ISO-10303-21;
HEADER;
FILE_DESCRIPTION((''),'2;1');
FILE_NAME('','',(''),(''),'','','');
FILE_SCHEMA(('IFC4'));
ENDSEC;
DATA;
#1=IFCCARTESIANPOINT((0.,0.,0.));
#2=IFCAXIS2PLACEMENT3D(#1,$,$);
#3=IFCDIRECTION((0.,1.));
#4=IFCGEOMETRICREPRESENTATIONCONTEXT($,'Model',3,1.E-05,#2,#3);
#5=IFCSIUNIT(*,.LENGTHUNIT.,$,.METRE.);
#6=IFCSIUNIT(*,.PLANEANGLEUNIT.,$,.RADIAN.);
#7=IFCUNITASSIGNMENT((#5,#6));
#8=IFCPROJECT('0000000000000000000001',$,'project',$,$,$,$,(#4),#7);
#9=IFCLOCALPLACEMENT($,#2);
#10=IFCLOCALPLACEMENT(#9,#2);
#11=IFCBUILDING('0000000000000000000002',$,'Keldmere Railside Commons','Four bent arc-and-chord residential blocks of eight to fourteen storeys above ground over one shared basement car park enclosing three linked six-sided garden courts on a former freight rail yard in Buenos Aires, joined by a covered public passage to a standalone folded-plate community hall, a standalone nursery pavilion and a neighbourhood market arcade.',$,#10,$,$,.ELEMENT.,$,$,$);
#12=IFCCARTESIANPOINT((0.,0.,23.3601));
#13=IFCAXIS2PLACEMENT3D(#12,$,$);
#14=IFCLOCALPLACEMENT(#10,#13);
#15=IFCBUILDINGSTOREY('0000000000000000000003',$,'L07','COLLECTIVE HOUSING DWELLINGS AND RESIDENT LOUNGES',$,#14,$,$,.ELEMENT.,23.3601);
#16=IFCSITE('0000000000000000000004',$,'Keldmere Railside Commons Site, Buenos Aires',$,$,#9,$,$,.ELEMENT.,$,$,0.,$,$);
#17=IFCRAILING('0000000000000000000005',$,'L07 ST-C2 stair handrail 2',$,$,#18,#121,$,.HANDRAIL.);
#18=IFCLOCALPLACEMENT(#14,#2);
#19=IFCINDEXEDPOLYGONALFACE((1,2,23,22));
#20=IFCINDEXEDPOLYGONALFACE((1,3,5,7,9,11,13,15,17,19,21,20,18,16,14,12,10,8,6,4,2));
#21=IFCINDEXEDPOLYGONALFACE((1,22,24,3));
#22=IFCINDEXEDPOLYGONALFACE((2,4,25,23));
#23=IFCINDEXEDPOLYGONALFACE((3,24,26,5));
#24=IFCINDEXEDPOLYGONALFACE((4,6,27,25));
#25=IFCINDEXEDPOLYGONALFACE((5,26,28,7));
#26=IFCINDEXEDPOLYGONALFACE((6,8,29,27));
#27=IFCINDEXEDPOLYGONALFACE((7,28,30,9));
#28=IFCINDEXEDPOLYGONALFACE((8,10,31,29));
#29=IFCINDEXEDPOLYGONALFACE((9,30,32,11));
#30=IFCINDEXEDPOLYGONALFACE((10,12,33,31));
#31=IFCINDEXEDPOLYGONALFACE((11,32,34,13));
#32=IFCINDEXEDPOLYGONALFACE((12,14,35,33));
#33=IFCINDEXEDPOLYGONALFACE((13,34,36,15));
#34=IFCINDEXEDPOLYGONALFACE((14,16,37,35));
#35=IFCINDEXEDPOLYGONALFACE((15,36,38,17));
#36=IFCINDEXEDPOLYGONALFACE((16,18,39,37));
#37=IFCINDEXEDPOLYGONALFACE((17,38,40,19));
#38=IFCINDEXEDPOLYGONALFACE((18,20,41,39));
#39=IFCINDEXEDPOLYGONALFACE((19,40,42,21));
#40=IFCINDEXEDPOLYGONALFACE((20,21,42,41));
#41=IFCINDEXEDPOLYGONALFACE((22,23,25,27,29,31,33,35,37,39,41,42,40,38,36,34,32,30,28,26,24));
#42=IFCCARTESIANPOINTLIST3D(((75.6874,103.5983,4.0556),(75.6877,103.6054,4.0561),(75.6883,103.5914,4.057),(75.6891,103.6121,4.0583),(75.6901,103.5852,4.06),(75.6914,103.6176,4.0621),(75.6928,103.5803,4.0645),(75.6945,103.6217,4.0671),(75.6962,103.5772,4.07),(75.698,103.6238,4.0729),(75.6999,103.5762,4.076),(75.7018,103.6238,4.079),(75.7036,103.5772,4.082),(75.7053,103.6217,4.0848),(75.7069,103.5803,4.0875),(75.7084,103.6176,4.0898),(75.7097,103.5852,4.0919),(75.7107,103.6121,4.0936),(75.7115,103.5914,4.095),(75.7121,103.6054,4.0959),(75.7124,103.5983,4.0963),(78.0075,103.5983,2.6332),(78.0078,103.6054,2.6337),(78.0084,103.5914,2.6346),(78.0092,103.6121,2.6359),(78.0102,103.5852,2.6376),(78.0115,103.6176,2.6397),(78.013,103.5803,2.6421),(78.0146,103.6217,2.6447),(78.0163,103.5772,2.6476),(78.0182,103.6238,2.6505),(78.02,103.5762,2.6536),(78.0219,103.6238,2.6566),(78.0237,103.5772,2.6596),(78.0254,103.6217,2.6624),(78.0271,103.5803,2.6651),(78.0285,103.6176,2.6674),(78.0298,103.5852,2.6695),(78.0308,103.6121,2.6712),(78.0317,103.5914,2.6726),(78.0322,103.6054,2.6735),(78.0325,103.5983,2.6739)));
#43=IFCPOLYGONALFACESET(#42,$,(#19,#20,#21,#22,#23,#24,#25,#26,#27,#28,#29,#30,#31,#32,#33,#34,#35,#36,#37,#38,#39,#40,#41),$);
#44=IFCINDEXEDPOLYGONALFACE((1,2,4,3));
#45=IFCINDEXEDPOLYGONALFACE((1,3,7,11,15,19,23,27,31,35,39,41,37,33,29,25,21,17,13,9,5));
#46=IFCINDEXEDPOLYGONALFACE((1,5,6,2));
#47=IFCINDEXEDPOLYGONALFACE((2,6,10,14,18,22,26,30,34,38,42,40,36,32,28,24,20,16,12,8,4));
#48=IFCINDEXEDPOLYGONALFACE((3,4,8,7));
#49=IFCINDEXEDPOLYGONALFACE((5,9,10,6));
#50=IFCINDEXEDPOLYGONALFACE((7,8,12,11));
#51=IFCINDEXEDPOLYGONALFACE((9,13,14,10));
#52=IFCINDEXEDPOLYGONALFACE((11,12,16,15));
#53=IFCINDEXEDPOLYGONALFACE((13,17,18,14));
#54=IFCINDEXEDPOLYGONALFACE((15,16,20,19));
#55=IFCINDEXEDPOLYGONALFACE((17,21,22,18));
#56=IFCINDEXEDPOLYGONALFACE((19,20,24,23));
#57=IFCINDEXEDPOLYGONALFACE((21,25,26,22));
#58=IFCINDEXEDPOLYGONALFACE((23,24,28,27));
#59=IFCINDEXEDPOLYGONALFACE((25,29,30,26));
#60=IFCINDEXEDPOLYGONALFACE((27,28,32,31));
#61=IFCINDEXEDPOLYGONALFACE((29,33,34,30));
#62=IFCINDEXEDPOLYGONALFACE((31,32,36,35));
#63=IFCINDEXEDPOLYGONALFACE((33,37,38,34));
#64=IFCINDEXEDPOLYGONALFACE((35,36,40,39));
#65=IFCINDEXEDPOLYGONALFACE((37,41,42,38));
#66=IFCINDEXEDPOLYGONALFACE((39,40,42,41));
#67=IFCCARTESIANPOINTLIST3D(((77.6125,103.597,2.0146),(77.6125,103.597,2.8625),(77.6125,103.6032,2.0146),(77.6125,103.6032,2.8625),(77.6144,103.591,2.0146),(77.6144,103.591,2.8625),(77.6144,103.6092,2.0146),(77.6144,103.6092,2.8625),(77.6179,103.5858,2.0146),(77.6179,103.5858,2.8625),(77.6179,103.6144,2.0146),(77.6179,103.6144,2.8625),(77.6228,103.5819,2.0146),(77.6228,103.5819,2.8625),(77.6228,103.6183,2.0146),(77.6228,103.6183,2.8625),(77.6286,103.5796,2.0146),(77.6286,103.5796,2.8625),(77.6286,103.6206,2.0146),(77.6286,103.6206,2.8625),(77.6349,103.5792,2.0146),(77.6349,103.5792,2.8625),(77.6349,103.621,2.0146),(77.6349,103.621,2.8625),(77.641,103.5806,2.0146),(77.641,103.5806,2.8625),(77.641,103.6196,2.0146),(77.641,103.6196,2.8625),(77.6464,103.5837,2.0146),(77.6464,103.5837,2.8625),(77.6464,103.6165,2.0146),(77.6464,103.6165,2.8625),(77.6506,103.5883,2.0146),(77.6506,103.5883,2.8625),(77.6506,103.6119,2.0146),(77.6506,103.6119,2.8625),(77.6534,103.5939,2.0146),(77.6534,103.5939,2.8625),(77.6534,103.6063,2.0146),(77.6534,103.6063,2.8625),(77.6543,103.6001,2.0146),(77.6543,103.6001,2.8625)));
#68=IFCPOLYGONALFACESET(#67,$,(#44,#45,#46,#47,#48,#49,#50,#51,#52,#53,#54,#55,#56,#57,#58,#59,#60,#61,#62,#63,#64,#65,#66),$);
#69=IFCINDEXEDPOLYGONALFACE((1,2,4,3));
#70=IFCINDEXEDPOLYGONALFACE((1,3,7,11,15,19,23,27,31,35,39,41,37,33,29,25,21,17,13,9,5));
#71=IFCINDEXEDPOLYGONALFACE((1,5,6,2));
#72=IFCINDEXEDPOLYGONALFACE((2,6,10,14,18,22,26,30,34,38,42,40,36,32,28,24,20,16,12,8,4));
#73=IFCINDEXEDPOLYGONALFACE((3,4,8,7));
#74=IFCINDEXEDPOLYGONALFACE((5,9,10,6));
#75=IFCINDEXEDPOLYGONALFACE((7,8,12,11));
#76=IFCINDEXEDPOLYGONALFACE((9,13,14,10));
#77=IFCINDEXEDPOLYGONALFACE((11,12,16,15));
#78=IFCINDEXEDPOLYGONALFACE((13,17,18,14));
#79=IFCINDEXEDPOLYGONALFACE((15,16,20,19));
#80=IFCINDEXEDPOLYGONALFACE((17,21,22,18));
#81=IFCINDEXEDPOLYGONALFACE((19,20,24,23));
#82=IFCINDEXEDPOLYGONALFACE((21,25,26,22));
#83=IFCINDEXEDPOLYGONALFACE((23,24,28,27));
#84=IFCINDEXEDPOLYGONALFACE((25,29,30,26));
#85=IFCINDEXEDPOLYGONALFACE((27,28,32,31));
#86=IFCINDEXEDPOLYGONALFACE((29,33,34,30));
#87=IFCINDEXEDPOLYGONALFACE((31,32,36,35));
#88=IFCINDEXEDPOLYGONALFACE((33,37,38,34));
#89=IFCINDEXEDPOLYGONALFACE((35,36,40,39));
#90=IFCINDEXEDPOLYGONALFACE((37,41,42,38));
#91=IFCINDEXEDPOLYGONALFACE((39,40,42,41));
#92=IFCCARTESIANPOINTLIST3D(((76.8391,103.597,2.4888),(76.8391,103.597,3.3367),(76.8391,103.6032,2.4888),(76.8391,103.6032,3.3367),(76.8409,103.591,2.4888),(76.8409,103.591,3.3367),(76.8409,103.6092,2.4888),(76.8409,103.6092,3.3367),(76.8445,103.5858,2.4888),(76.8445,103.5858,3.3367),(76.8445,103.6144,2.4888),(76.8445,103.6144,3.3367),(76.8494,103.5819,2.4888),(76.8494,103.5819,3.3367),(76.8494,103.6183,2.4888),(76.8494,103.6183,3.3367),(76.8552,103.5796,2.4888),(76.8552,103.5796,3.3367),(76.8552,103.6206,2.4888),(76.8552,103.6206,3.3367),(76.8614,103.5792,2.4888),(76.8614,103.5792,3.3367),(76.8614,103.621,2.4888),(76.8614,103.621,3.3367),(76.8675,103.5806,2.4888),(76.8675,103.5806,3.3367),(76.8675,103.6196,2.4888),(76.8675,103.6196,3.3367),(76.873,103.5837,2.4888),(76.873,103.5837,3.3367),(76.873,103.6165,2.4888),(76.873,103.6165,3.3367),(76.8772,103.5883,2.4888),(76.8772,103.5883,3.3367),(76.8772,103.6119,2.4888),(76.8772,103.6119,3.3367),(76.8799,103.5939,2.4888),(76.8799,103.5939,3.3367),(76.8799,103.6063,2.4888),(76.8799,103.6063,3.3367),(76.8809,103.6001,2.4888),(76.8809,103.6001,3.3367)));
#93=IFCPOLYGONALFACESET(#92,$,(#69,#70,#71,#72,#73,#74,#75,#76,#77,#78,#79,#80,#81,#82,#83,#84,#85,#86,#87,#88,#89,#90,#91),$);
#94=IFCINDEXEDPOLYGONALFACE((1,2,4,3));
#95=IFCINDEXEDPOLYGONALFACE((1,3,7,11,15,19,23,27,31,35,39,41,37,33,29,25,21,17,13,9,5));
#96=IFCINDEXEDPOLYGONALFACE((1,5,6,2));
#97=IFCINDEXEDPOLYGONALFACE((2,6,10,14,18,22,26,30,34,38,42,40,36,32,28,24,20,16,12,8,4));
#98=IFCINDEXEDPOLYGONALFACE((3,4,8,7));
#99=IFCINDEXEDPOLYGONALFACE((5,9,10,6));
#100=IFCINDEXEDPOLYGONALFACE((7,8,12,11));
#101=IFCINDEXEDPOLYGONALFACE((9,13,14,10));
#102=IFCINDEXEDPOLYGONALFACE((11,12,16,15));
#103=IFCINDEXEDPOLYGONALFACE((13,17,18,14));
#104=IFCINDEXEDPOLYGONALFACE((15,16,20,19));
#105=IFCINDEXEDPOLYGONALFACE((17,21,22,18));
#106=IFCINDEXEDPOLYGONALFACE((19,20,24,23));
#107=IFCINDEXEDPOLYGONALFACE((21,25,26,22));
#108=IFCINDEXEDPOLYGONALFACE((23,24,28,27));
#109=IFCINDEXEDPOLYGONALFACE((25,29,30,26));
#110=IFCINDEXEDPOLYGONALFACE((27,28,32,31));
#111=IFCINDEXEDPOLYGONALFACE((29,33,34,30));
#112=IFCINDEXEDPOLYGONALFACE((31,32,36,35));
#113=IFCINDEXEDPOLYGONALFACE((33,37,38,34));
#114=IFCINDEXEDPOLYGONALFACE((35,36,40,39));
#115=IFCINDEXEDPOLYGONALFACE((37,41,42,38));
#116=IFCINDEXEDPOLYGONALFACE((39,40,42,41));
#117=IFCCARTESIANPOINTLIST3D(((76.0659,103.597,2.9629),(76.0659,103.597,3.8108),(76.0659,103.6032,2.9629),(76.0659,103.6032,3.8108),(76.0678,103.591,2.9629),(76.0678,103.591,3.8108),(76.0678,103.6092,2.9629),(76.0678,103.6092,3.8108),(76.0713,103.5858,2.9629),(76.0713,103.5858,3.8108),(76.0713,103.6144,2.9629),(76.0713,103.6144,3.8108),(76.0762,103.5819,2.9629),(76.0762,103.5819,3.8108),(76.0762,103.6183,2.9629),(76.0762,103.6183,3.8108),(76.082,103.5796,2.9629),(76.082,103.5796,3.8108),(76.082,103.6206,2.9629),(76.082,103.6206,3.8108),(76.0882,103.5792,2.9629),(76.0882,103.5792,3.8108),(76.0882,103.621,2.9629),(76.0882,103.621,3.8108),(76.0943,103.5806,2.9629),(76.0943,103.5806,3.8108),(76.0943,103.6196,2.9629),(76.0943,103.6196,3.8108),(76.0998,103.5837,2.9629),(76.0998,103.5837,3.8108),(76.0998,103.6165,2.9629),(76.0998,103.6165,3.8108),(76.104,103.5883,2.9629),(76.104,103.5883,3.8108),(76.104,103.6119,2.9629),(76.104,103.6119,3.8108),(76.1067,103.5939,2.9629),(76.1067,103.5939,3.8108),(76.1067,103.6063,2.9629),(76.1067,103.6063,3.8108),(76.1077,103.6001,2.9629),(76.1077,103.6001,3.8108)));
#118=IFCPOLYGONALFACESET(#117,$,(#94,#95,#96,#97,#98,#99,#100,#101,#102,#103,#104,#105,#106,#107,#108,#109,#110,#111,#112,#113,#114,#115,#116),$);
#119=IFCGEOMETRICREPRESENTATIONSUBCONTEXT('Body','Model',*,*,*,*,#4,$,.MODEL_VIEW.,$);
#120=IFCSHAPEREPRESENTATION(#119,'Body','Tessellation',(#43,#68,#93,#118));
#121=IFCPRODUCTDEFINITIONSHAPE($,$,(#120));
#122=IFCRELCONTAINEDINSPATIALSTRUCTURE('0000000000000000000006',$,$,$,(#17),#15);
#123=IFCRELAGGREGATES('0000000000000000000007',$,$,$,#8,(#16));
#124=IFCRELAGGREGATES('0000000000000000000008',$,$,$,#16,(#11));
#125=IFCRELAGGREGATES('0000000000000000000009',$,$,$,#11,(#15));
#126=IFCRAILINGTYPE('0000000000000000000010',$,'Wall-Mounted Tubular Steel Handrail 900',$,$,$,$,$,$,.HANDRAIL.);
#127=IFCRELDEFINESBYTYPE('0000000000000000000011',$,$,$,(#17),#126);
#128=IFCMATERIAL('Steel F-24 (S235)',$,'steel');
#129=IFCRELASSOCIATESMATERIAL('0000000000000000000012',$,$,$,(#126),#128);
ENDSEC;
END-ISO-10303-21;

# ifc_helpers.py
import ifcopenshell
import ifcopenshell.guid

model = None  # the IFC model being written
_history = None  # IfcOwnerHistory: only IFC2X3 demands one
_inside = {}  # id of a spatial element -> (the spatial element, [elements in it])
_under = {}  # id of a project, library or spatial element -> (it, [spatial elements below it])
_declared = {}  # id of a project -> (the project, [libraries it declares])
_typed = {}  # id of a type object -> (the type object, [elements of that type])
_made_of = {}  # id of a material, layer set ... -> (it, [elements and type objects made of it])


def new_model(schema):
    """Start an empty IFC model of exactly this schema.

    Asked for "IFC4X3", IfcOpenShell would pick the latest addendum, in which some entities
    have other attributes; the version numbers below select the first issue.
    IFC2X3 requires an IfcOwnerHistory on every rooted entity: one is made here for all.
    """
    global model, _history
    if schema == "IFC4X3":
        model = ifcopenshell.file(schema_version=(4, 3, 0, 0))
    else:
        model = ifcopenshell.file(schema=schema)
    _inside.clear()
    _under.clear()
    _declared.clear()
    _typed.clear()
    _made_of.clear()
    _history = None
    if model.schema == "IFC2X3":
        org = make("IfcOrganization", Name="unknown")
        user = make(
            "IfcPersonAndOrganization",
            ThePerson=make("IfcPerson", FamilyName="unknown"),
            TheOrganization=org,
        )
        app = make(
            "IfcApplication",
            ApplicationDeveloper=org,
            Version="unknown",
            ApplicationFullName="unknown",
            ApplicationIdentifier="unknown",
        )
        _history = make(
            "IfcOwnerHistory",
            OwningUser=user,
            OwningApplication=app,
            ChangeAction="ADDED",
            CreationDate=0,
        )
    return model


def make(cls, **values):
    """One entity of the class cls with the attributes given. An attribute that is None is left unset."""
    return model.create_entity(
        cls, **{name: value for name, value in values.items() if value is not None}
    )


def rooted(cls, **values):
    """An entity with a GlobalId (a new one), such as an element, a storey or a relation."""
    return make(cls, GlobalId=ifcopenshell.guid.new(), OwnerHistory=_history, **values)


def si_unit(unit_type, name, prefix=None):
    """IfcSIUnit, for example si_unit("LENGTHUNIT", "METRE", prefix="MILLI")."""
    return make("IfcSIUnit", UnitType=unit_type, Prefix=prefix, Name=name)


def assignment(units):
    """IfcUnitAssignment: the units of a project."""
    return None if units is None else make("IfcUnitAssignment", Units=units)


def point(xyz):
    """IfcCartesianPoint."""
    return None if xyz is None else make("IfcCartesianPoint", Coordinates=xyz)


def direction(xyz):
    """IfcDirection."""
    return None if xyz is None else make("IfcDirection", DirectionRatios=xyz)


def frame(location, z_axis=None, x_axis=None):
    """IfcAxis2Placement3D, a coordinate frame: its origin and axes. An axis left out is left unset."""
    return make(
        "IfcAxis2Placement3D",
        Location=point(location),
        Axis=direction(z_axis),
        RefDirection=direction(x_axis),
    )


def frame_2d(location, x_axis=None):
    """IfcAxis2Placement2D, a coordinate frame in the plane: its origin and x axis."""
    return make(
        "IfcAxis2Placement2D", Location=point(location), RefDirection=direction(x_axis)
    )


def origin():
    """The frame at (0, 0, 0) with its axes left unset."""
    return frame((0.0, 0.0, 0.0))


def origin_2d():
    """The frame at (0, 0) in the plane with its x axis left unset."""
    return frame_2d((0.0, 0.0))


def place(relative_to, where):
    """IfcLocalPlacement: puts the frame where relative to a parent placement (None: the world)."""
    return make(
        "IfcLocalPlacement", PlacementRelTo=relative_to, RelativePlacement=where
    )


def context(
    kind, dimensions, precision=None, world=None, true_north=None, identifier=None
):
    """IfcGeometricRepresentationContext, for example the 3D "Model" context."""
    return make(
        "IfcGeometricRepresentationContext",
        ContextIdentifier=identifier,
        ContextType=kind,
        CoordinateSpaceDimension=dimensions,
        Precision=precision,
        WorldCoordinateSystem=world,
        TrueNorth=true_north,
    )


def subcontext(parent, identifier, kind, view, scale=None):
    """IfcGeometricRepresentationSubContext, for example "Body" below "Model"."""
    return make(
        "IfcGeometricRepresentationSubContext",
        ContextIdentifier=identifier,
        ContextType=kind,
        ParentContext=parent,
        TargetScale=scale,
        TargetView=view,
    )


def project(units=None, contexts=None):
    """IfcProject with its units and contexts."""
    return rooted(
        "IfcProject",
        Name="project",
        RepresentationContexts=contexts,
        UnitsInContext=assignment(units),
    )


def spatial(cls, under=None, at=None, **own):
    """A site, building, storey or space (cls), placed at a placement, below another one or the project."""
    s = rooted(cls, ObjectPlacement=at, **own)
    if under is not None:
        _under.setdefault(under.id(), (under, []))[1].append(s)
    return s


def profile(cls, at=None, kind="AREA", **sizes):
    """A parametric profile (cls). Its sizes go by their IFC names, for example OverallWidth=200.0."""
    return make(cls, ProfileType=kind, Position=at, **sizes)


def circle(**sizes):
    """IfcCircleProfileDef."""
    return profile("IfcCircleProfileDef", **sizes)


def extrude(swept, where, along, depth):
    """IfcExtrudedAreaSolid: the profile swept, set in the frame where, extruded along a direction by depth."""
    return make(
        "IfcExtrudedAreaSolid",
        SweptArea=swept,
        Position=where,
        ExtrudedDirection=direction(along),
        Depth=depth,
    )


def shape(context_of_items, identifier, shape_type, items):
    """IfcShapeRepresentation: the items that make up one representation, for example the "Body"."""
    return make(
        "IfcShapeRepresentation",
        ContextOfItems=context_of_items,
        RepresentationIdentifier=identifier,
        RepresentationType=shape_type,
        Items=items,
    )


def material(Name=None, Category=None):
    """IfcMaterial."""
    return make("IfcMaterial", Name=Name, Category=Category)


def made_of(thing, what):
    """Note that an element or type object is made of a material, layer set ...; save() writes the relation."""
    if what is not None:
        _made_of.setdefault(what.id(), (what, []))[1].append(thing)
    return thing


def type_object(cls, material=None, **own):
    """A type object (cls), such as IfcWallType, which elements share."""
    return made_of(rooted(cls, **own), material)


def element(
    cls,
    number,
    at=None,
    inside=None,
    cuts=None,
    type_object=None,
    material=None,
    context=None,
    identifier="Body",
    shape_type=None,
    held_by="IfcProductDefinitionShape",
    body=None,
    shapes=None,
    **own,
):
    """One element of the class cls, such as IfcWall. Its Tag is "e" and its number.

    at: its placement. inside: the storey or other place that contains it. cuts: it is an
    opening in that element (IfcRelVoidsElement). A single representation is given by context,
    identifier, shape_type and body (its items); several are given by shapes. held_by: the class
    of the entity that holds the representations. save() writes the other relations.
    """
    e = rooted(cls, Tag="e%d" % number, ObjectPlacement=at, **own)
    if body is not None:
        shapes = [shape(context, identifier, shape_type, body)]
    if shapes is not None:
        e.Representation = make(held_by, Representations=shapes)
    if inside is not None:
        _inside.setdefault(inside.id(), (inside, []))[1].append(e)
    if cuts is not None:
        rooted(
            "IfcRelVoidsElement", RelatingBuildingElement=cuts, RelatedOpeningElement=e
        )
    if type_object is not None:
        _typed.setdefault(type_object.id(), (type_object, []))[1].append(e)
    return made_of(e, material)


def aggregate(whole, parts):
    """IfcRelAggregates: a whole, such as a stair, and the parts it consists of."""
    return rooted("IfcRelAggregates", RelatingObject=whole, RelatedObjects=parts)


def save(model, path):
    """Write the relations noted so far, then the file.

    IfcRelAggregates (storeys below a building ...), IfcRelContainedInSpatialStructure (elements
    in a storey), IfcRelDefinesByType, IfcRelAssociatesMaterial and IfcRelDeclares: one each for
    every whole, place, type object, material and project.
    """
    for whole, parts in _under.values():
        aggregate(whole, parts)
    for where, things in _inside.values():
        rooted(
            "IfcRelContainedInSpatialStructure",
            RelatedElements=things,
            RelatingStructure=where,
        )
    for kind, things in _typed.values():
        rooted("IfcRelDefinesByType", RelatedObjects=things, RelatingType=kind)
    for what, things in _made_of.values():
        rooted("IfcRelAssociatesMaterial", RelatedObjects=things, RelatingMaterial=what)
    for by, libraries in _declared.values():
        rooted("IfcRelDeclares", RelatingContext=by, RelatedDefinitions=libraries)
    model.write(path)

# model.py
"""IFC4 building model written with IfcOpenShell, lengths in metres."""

from ifc_helpers import new_model, si_unit, direction, frame, origin, origin_2d, place, context, subcontext, project, spatial, circle, extrude, material, type_object, element, save


model = new_model("IFC4")

# Units and contexts
model_context = context("Model", 3, precision=1e-05, world=origin(), true_north=direction((0.0, 1.0)))
body_context = subcontext(model_context, "Body", "Model", "MODEL_VIEW")
ifc_project = project(units=[si_unit("LENGTHUNIT", "METRE"), si_unit("PLANEANGLEUNIT", "RADIAN")], contexts=[model_context])

# Site, building, storey
site_placement = place(None, origin())
site = spatial("IfcSite", under=ifc_project, at=site_placement, Name="Keldmere Railside Commons Site, Buenos Aires", CompositionType="ELEMENT", RefElevation=0.0)
building_placement = place(site_placement, origin())
building = spatial("IfcBuilding", under=site, at=building_placement, Name="Keldmere Railside Commons", Description="Four bent arc-and-chord residential blocks of eight to fourteen storeys above ground over one shared basement car park enclosing three linked six-sided garden courts on a former freight rail yard in Buenos Aires, joined by a covered public passage to a standalone folded-plate community hall, a standalone nursery pavilion and a neighbourhood market arcade.", CompositionType="ELEMENT")
storey_placement = place(building_placement, frame((0.0, 0.0, 23.3601)))
storey = spatial("IfcBuildingStorey", under=building, at=storey_placement, Name="L07", Description="COLLECTIVE HOUSING DWELLINGS AND RESIDENT LOUNGES", CompositionType="ELEMENT", Elevation=23.3601)

# Shared definitions
ifc_material_1 = material(Name="Steel F-24 (S235)", Category="steel")

# Railing
railing_type_1 = type_object("IfcRailingType", Name="Wall-Mounted Tubular Steel Handrail 900", PredefinedType="HANDRAIL", material=ifc_material_1)
railing_1_placement = place(storey_placement, frame((78.02, 103.6001, 1.7776)))
element("IfcRailing", 1, at=railing_1_placement, inside=storey, type_object=railing_type_1, Name="L07 ST-C2 stair handrail 2", PredefinedType="HANDRAIL", context=body_context, shape_type="SweptSolid", body=[
    extrude(circle(Radius=0.0239, at=origin_2d()), frame((0.0, 0.0, 0.876), z_axis=(-0.852538, 0.0, 0.522665), x_axis=(0.0, -1.0, 0.0)), (0.0, 0.0, 1.0), 2.7214),
    extrude(circle(Radius=0.021, at=origin_2d()), frame((-0.3867, 0.0, 0.2371)), (0.0, 0.0, 1.0), 0.8479),
    extrude(circle(Radius=0.021, at=origin_2d()), frame((-1.1602, 0.0, 0.7112)), (0.0, 0.0, 1.0), 0.8479),
    extrude(circle(Radius=0.021, at=origin_2d()), frame((-1.9333, 0.0, 1.1853)), (0.0, 0.0, 1.0), 0.8479),
])

save(model, "model.ifc")
